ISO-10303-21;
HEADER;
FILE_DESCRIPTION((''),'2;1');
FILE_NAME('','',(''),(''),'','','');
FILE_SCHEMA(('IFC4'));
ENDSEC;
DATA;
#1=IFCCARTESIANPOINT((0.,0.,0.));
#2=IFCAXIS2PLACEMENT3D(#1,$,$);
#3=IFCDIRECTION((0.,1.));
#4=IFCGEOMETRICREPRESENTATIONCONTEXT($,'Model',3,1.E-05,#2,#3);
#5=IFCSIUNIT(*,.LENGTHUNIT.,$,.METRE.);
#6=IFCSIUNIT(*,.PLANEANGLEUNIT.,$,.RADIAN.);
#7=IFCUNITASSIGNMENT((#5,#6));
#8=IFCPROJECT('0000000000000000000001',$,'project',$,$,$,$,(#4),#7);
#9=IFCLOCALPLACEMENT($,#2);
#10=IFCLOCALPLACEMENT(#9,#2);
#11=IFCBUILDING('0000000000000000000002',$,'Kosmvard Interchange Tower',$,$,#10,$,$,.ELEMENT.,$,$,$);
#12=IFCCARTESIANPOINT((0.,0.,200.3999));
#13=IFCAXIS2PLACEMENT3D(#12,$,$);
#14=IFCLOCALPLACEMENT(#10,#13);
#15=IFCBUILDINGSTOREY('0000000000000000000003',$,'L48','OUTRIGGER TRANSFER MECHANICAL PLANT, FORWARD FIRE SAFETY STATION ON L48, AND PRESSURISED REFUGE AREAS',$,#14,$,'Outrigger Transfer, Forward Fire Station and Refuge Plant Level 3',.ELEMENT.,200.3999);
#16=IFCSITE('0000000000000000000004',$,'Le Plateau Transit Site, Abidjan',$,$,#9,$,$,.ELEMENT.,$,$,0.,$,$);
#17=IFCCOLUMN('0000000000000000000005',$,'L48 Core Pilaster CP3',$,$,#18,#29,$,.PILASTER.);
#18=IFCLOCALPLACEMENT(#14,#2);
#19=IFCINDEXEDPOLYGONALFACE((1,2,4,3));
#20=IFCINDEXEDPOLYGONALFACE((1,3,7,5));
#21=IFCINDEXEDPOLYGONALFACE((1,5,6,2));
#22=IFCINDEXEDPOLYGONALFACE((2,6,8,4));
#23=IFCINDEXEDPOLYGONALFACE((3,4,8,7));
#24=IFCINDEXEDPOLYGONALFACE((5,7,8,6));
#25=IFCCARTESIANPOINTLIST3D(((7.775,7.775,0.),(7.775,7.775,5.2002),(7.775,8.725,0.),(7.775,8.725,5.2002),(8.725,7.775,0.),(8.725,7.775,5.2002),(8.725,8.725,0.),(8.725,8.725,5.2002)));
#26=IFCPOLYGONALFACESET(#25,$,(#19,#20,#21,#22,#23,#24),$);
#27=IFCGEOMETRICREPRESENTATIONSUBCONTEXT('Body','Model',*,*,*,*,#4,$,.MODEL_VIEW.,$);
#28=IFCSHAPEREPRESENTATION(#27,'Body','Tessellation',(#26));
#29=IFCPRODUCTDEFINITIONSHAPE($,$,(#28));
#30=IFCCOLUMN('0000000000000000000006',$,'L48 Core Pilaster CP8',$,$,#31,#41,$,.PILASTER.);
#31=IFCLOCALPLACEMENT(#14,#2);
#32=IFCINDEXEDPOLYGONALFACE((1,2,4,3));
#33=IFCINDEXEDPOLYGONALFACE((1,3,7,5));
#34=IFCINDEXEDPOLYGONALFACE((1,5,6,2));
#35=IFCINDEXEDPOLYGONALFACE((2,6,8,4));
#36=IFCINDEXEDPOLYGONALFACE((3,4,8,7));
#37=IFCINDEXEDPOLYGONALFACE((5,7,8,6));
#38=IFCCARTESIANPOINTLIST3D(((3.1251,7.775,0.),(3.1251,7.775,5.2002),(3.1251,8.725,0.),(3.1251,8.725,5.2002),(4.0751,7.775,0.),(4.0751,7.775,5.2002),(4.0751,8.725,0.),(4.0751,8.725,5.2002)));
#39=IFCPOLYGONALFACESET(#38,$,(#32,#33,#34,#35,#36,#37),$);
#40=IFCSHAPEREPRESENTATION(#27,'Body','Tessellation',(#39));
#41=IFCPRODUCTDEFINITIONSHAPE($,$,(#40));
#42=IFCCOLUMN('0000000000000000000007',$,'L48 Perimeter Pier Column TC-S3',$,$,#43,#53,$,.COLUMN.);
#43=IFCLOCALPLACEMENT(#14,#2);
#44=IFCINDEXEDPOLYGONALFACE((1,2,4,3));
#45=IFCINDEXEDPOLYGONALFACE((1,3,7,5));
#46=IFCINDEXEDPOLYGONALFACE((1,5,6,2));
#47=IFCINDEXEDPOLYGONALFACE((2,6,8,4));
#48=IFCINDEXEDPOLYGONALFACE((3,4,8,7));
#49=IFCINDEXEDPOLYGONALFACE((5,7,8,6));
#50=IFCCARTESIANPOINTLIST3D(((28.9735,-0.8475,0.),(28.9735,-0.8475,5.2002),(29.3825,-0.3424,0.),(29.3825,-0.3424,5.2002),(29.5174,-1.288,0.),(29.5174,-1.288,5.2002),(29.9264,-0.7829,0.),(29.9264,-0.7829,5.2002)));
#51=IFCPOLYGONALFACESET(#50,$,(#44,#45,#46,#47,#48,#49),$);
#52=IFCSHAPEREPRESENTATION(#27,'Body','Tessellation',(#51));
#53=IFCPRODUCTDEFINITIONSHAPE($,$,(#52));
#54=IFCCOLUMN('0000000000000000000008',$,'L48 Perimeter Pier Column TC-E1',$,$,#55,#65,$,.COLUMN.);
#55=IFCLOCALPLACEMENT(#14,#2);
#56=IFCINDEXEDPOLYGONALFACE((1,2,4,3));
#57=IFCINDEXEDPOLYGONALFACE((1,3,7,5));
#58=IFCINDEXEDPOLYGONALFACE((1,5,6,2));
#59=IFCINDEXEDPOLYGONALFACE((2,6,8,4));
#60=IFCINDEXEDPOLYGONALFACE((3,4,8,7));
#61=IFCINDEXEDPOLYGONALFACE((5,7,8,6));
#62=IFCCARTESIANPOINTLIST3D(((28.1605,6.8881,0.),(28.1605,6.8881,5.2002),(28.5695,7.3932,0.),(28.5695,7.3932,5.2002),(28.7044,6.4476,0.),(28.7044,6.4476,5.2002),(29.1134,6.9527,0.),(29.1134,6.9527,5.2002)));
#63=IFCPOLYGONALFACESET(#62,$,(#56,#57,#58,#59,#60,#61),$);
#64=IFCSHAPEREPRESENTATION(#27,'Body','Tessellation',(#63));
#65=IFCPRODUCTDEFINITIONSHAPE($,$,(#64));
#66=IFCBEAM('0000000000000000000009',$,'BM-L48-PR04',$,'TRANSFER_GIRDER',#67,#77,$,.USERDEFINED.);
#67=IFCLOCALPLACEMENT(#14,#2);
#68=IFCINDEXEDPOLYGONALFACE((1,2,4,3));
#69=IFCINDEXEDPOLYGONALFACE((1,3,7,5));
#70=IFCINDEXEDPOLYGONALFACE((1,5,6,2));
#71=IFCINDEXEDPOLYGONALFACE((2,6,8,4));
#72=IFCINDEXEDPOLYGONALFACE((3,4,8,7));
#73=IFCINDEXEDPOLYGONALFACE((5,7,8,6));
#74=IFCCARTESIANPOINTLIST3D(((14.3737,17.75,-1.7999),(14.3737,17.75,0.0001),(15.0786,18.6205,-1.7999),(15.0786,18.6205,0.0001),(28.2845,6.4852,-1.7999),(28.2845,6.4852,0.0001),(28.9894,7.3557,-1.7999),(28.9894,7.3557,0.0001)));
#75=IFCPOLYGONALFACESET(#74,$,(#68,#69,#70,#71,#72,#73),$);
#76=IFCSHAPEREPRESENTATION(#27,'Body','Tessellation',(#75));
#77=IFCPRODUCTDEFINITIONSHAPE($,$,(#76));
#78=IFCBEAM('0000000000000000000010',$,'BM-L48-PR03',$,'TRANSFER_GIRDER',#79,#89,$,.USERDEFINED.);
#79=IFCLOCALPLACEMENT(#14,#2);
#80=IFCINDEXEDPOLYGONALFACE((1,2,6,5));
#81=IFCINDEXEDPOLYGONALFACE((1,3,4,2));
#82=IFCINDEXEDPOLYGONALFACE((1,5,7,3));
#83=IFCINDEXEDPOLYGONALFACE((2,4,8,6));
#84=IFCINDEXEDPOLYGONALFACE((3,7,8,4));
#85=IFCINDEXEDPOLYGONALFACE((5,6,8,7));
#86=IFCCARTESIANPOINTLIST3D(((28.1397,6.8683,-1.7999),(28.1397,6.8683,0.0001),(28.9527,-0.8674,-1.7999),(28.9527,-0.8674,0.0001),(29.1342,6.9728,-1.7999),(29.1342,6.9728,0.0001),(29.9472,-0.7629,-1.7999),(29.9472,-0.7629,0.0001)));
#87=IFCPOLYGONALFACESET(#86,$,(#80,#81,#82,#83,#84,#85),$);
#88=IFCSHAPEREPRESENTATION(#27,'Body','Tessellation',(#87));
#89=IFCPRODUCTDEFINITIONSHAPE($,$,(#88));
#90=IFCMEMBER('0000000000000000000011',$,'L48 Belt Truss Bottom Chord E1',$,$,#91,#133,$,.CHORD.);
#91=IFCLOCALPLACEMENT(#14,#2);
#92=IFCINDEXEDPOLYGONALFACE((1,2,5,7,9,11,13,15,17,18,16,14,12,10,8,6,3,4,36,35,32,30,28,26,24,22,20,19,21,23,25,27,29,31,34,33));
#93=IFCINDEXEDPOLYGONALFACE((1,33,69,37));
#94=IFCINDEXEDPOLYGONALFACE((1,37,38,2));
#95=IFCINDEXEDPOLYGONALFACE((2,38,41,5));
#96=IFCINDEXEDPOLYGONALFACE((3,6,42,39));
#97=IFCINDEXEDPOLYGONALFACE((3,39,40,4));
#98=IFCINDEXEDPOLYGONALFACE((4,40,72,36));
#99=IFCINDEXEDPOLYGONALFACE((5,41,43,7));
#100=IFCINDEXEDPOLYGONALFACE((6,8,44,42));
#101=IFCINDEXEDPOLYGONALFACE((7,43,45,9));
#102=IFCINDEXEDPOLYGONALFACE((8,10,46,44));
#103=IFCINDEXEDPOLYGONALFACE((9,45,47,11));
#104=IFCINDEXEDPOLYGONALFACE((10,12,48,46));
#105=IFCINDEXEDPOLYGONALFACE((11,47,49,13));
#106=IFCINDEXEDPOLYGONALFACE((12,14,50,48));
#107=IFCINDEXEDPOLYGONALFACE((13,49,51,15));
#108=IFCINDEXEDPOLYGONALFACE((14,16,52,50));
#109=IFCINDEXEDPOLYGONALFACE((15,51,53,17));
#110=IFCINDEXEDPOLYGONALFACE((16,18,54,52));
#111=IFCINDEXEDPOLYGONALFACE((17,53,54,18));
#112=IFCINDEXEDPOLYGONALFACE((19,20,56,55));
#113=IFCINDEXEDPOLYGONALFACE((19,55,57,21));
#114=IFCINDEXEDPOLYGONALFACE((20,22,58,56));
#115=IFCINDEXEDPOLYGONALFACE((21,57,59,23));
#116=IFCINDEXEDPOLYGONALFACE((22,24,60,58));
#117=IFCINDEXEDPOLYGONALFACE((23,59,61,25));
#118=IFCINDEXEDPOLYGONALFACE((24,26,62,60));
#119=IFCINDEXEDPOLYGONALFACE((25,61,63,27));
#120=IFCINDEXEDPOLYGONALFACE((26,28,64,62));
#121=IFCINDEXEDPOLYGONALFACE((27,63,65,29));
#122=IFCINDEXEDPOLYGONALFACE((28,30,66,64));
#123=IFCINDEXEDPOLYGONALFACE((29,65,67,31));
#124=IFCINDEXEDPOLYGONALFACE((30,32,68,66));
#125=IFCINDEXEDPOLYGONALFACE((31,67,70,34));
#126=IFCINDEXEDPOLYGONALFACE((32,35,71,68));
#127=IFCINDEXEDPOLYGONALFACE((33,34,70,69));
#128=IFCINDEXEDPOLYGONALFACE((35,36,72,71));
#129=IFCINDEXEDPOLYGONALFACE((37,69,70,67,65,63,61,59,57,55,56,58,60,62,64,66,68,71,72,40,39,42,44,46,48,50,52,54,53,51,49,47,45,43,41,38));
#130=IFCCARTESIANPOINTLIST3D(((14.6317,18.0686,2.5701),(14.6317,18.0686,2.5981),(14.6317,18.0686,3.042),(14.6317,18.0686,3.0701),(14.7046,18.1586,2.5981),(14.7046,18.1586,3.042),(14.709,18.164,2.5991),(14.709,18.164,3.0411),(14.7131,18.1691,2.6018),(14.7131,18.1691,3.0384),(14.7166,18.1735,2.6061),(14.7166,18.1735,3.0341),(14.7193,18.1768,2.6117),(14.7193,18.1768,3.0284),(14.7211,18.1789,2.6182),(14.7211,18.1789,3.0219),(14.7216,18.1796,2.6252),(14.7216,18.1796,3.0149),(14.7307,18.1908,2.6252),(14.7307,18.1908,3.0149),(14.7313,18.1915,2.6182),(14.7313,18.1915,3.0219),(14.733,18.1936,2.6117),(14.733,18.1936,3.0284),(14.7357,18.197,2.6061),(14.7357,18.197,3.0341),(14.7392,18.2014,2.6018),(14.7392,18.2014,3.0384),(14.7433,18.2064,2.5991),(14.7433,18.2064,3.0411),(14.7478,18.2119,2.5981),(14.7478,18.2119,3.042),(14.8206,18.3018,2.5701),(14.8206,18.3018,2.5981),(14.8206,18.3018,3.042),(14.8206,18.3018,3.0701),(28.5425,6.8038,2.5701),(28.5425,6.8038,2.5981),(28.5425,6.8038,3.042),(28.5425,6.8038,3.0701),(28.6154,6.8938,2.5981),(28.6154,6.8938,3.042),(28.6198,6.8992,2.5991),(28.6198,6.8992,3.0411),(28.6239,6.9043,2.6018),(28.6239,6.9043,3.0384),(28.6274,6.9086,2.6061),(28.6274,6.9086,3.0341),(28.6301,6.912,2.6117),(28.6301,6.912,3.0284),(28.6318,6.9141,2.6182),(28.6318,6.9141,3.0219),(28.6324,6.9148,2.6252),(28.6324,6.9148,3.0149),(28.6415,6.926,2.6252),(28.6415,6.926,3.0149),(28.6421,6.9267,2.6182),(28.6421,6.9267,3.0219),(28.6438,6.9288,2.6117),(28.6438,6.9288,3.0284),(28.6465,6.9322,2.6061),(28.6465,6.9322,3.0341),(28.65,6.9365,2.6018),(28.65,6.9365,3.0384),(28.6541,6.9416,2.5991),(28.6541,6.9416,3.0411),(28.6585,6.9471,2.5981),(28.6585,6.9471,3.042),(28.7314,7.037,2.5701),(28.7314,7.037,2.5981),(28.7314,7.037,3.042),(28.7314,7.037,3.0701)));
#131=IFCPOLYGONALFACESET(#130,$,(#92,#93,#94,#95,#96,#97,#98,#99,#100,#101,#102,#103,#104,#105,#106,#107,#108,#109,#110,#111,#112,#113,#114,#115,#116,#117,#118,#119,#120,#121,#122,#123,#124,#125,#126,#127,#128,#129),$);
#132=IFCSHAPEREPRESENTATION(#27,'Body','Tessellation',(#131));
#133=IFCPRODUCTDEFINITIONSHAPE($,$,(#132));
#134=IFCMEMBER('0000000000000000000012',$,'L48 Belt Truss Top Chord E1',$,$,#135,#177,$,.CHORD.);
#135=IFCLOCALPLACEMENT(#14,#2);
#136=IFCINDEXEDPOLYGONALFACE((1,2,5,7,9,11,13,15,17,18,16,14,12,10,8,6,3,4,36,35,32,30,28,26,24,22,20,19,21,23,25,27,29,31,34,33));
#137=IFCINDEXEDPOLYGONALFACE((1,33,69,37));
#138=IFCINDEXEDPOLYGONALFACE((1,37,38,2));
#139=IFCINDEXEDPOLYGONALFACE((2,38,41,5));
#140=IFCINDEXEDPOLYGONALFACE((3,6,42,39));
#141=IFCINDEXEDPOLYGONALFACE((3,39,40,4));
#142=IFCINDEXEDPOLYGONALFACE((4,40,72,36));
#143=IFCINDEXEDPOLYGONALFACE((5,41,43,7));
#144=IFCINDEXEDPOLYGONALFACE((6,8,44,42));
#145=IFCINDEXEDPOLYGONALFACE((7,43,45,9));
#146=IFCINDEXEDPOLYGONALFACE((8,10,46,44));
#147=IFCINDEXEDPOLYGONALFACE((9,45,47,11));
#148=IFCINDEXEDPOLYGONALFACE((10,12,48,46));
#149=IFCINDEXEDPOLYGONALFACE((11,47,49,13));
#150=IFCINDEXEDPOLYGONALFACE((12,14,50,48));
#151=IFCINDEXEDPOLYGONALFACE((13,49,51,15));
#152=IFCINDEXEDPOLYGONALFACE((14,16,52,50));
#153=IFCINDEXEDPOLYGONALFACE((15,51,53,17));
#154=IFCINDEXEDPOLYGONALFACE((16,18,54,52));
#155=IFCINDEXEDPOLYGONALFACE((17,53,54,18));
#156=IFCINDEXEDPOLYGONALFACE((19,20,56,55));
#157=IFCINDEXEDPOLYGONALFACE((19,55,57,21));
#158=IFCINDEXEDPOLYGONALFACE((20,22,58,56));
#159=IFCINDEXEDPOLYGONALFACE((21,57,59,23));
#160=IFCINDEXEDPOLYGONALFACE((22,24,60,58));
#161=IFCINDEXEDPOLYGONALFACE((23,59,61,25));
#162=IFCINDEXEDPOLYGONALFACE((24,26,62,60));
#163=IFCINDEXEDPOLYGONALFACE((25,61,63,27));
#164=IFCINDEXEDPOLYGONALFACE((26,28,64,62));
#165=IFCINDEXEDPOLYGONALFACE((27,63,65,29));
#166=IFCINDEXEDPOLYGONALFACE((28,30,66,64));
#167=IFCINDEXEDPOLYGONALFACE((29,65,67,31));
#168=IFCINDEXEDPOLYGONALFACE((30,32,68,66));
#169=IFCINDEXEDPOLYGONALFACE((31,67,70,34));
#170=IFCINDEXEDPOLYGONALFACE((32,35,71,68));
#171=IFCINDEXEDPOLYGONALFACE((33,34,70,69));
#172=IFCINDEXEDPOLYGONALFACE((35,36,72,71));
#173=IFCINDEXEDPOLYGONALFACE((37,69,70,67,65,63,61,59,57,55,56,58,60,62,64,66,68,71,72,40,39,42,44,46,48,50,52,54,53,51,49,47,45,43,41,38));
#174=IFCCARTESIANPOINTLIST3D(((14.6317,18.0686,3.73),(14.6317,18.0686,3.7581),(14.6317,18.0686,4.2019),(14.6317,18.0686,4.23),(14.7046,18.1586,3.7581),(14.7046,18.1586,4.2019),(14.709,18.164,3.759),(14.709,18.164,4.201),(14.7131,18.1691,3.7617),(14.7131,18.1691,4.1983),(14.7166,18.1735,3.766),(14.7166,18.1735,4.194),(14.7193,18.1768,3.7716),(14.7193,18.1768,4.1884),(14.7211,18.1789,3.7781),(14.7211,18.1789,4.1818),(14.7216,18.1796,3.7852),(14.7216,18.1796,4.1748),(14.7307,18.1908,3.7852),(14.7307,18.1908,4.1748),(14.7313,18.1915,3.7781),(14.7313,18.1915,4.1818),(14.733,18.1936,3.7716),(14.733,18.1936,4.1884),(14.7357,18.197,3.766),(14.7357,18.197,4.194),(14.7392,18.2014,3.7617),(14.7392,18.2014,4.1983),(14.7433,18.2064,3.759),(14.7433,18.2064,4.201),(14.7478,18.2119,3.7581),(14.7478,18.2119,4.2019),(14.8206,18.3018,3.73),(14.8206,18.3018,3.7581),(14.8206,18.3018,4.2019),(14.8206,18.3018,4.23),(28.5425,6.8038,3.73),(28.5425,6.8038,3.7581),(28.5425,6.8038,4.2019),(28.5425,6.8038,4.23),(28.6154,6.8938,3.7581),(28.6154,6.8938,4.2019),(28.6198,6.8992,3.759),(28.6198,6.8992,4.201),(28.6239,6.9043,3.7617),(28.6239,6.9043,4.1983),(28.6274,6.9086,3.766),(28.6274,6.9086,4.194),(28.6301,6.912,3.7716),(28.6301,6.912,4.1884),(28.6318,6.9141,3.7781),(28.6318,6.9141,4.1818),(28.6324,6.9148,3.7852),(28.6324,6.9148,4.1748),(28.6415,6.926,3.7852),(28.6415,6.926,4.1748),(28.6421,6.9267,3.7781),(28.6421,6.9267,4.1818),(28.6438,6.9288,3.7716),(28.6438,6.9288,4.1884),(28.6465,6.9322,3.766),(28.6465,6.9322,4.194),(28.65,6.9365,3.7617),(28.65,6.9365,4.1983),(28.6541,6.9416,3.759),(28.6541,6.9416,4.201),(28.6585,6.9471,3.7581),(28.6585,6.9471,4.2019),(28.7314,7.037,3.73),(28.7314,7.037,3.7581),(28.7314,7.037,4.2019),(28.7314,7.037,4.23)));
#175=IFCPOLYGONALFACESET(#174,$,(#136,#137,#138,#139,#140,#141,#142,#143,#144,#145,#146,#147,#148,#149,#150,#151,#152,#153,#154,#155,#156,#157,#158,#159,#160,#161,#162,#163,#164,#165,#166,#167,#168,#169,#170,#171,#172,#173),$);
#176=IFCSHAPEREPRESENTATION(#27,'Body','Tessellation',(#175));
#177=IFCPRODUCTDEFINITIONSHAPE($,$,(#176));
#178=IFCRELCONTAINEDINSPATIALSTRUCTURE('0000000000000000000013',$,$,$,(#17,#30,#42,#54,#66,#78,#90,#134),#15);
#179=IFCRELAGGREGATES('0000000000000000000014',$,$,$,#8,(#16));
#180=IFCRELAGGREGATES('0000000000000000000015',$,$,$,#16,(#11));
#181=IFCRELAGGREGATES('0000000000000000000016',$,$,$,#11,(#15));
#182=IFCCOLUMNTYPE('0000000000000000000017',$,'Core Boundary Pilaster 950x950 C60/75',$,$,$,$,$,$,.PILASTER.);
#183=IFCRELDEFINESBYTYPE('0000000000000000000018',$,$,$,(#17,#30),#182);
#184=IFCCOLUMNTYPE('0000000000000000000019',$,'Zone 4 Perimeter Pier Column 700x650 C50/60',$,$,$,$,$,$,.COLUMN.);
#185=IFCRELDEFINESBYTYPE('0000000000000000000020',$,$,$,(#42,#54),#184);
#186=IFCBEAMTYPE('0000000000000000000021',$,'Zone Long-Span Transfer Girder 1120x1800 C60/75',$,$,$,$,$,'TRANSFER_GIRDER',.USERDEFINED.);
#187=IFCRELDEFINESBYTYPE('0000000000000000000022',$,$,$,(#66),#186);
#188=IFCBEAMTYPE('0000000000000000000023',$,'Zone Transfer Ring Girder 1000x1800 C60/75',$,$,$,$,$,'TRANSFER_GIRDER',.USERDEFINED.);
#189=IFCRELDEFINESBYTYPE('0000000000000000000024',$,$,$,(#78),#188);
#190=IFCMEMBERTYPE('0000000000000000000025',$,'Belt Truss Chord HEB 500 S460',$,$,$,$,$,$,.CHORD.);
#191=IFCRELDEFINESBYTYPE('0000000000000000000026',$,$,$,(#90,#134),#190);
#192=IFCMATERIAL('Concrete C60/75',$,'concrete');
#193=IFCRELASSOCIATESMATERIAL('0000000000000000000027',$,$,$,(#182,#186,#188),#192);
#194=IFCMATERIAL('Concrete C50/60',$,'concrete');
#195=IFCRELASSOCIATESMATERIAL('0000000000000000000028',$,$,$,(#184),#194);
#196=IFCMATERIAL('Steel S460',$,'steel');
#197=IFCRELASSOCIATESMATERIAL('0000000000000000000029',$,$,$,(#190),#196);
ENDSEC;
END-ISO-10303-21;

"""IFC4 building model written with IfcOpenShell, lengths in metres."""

from ifc_helpers import new_model, si_unit, direction, frame, origin, origin_2d, place, context, subcontext, project, spatial, rectangle, i_section, extrude, source, transform, mapped, material, material_profile, profile_set, type_object, element, save


model = new_model("IFC4")

# Units and contexts
model_context = context("Model", 3, precision=1e-05, world=origin(), true_north=direction((0.0, 1.0)))
body_context = subcontext(model_context, "Body", "Model", "MODEL_VIEW")
ifc_project = project(units=[si_unit("LENGTHUNIT", "METRE"), si_unit("PLANEANGLEUNIT", "RADIAN")], contexts=[model_context])

# Site, building, storey
site_placement = place(None, origin())
site = spatial("IfcSite", under=ifc_project, at=site_placement, Name="Le Plateau Transit Site, Abidjan", CompositionType="ELEMENT", RefElevation=0.0)
building_placement = place(site_placement, origin())
building = spatial("IfcBuilding", under=site, at=building_placement, Name="Kosmvard Interchange Tower", CompositionType="ELEMENT")
storey_placement = place(building_placement, frame((0.0, 0.0, 200.3999)))
storey = spatial("IfcBuildingStorey", under=building, at=storey_placement, Name="L48", Description="OUTRIGGER TRANSFER MECHANICAL PLANT, FORWARD FIRE SAFETY STATION ON L48, AND PRESSURISED REFUGE AREAS", LongName="Outrigger Transfer, Forward Fire Station and Refuge Plant Level 3", CompositionType="ELEMENT", Elevation=200.3999)

# Columns
ifc_material_1 = material(Name="Concrete C60/75", Category="concrete")
ifc_material_profile_1 = material_profile(ifc_material_1, rectangle(XDim=0.95, YDim=0.95, at=origin_2d()), Name="CP 950x950")
ifc_profile_set_1 = profile_set([ifc_material_profile_1], Name="Concrete C60/75")
column_type_1 = type_object("IfcColumnType", Name="Core Boundary Pilaster 950x950 C60/75", PredefinedType="PILASTER", material=ifc_profile_set_1)
shared_shape_1 = source(origin(), body_context, "Body", "SweptSolid", [
    extrude(rectangle(XDim=0.95, YDim=0.95, at=origin_2d()), origin(), (0.0, 0.0, 1.0), 5.2002),
])
for number, where, z_axis, x_axis, name in (
    (1, (8.25, 8.25, 0.0), (0.0, 0.0, 1.0), (1.0, 0.0, 0.0), "L48 Core Pilaster CP3"),
    (2, (3.6001, 8.25, 0.0), (0.0, 0.0, 1.0), (1.0, 0.0, 0.0), "L48 Core Pilaster CP8"),
):
    element("IfcColumn", number, at=place(storey_placement, frame(where, z_axis=z_axis, x_axis=x_axis)), inside=storey, type_object=column_type_1, Name=name, PredefinedType="PILASTER", context=body_context, shape_type="MappedRepresentation", body=[
        mapped(shared_shape_1, transform((0.0, 0.0, 0.0), scale=1.0)),
    ])
ifc_material_2 = material(Name="Concrete C50/60", Category="concrete")
ifc_material_profile_2 = material_profile(ifc_material_2, rectangle(XDim=0.6499, YDim=0.7, at=origin_2d()), Name="TC 700x650")
ifc_profile_set_2 = profile_set([ifc_material_profile_2], Name="Concrete C50/60")
column_type_2 = type_object("IfcColumnType", Name="Zone 4 Perimeter Pier Column 700x650 C50/60", PredefinedType="COLUMN", material=ifc_profile_set_2)
shared_shape_2 = source(origin(), body_context, "Body", "SweptSolid", [
    extrude(rectangle(XDim=0.6499, YDim=0.7, at=origin_2d()), origin(), (0.0, 0.0, 1.0), 5.2002),
])
for number, where, z_axis, x_axis, name in (
    (3, (29.45, -0.8152, 0.0), (0.0, 0.0, 1.0), (0.62932, 0.777146, 0.0), "L48 Perimeter Pier Column TC-S3"),
    (4, (28.637, 6.9204, 0.0), (0.0, 0.0, 1.0), (0.62932, 0.777146, 0.0), "L48 Perimeter Pier Column TC-E1"),
):
    element("IfcColumn", number, at=place(storey_placement, frame(where, z_axis=z_axis, x_axis=x_axis)), inside=storey, type_object=column_type_2, Name=name, PredefinedType="COLUMN", context=body_context, shape_type="MappedRepresentation", body=[
        mapped(shared_shape_2, transform((0.0, 0.0, 0.0), scale=1.0)),
    ])

# Beams
ifc_material_profile_3 = material_profile(ifc_material_1, rectangle(XDim=1.1201, YDim=1.8, at=origin_2d()), Name="TG 1120x1800")
ifc_profile_set_3 = profile_set([ifc_material_profile_3], Name="Concrete C60/75")
beam_type_1 = type_object("IfcBeamType", Name="Zone Long-Span Transfer Girder 1120x1800 C60/75", ElementType="TRANSFER_GIRDER", PredefinedType="USERDEFINED", material=ifc_profile_set_3)
shared_shape_3 = source(origin(), body_context, "Body", "SweptSolid", [
    extrude(rectangle(XDim=1.1201, YDim=1.8, at=origin_2d()), origin(), (0.0, 0.0, 1.0), 17.8999),
])
beam_1_placement = place(storey_placement, frame((28.637, 6.9204, -0.8999), z_axis=(-0.777144, 0.629323, 0.0), x_axis=(-0.629323, -0.777144, 0.0)))
element("IfcBeam", 5, at=beam_1_placement, inside=storey, type_object=beam_type_1, Name="BM-L48-PR04", ObjectType="TRANSFER_GIRDER", PredefinedType="USERDEFINED", context=body_context, shape_type="MappedRepresentation", body=[
    mapped(shared_shape_3, transform((0.0, 0.0, 0.0), scale=1.0)),
])
ifc_material_profile_4 = material_profile(ifc_material_1, rectangle(XDim=1.0, YDim=1.8, at=origin_2d()), Name="TG 1000x1800")
ifc_profile_set_4 = profile_set([ifc_material_profile_4], Name="Concrete C60/75")
beam_type_2 = type_object("IfcBeamType", Name="Zone Transfer Ring Girder 1000x1800 C60/75", ElementType="TRANSFER_GIRDER", PredefinedType="USERDEFINED", material=ifc_profile_set_4)
shared_shape_4 = source(origin(), body_context, "Body", "SweptSolid", [
    extrude(rectangle(XDim=1.0, YDim=1.8, at=origin_2d()), origin(), (0.0, 0.0, 1.0), 7.7783),
])
beam_2_placement = place(storey_placement, frame((29.45, -0.8152, -0.8999), z_axis=(-0.104521, 0.994523, 0.0), x_axis=(-0.994523, -0.104521, 0.0)))
element("IfcBeam", 6, at=beam_2_placement, inside=storey, type_object=beam_type_2, Name="BM-L48-PR03", ObjectType="TRANSFER_GIRDER", PredefinedType="USERDEFINED", context=body_context, shape_type="MappedRepresentation", body=[
    mapped(shared_shape_4, transform((0.0, 0.0, 0.0), scale=1.0)),
])

# Members
ifc_material_3 = material(Name="Steel S460", Category="steel")
ifc_material_profile_5 = material_profile(ifc_material_3, i_section(OverallWidth=0.3, OverallDepth=0.5, WebThickness=0.0144, FlangeThickness=0.0281, FilletRadius=0.0271, at=origin_2d()), Name="HEB 500")
ifc_profile_set_5 = profile_set([ifc_material_profile_5], Name="Steel S460")
member_type_1 = type_object("IfcMemberType", Name="Belt Truss Chord HEB 500 S460", PredefinedType="CHORD", material=ifc_profile_set_5)
shared_shape_5 = source(origin(), body_context, "Body", "SweptSolid", [
    extrude(i_section(OverallWidth=0.3, OverallDepth=0.5, WebThickness=0.0144, FlangeThickness=0.0281, FilletRadius=0.0271, at=origin_2d()), origin(), (0.0, 0.0, 1.0), 17.8999),
])
for number, where, z_axis, x_axis, name in (
    (7, (28.637, 6.9204, 2.8201), (-0.777144, 0.629323, 0.0), (-0.629323, -0.777144, 0.0), "L48 Belt Truss Bottom Chord E1"),
    (8, (28.637, 6.9204, 3.98), (-0.777144, 0.629323, 0.0), (-0.629323, -0.777144, 0.0), "L48 Belt Truss Top Chord E1"),
):
    element("IfcMember", number, at=place(storey_placement, frame(where, z_axis=z_axis, x_axis=x_axis)), inside=storey, type_object=member_type_1, Name=name, PredefinedType="CHORD", context=body_context, shape_type="MappedRepresentation", body=[
        mapped(shared_shape_5, transform((0.0, 0.0, 0.0), scale=1.0)),
    ])

save(model, "model.ifc")
